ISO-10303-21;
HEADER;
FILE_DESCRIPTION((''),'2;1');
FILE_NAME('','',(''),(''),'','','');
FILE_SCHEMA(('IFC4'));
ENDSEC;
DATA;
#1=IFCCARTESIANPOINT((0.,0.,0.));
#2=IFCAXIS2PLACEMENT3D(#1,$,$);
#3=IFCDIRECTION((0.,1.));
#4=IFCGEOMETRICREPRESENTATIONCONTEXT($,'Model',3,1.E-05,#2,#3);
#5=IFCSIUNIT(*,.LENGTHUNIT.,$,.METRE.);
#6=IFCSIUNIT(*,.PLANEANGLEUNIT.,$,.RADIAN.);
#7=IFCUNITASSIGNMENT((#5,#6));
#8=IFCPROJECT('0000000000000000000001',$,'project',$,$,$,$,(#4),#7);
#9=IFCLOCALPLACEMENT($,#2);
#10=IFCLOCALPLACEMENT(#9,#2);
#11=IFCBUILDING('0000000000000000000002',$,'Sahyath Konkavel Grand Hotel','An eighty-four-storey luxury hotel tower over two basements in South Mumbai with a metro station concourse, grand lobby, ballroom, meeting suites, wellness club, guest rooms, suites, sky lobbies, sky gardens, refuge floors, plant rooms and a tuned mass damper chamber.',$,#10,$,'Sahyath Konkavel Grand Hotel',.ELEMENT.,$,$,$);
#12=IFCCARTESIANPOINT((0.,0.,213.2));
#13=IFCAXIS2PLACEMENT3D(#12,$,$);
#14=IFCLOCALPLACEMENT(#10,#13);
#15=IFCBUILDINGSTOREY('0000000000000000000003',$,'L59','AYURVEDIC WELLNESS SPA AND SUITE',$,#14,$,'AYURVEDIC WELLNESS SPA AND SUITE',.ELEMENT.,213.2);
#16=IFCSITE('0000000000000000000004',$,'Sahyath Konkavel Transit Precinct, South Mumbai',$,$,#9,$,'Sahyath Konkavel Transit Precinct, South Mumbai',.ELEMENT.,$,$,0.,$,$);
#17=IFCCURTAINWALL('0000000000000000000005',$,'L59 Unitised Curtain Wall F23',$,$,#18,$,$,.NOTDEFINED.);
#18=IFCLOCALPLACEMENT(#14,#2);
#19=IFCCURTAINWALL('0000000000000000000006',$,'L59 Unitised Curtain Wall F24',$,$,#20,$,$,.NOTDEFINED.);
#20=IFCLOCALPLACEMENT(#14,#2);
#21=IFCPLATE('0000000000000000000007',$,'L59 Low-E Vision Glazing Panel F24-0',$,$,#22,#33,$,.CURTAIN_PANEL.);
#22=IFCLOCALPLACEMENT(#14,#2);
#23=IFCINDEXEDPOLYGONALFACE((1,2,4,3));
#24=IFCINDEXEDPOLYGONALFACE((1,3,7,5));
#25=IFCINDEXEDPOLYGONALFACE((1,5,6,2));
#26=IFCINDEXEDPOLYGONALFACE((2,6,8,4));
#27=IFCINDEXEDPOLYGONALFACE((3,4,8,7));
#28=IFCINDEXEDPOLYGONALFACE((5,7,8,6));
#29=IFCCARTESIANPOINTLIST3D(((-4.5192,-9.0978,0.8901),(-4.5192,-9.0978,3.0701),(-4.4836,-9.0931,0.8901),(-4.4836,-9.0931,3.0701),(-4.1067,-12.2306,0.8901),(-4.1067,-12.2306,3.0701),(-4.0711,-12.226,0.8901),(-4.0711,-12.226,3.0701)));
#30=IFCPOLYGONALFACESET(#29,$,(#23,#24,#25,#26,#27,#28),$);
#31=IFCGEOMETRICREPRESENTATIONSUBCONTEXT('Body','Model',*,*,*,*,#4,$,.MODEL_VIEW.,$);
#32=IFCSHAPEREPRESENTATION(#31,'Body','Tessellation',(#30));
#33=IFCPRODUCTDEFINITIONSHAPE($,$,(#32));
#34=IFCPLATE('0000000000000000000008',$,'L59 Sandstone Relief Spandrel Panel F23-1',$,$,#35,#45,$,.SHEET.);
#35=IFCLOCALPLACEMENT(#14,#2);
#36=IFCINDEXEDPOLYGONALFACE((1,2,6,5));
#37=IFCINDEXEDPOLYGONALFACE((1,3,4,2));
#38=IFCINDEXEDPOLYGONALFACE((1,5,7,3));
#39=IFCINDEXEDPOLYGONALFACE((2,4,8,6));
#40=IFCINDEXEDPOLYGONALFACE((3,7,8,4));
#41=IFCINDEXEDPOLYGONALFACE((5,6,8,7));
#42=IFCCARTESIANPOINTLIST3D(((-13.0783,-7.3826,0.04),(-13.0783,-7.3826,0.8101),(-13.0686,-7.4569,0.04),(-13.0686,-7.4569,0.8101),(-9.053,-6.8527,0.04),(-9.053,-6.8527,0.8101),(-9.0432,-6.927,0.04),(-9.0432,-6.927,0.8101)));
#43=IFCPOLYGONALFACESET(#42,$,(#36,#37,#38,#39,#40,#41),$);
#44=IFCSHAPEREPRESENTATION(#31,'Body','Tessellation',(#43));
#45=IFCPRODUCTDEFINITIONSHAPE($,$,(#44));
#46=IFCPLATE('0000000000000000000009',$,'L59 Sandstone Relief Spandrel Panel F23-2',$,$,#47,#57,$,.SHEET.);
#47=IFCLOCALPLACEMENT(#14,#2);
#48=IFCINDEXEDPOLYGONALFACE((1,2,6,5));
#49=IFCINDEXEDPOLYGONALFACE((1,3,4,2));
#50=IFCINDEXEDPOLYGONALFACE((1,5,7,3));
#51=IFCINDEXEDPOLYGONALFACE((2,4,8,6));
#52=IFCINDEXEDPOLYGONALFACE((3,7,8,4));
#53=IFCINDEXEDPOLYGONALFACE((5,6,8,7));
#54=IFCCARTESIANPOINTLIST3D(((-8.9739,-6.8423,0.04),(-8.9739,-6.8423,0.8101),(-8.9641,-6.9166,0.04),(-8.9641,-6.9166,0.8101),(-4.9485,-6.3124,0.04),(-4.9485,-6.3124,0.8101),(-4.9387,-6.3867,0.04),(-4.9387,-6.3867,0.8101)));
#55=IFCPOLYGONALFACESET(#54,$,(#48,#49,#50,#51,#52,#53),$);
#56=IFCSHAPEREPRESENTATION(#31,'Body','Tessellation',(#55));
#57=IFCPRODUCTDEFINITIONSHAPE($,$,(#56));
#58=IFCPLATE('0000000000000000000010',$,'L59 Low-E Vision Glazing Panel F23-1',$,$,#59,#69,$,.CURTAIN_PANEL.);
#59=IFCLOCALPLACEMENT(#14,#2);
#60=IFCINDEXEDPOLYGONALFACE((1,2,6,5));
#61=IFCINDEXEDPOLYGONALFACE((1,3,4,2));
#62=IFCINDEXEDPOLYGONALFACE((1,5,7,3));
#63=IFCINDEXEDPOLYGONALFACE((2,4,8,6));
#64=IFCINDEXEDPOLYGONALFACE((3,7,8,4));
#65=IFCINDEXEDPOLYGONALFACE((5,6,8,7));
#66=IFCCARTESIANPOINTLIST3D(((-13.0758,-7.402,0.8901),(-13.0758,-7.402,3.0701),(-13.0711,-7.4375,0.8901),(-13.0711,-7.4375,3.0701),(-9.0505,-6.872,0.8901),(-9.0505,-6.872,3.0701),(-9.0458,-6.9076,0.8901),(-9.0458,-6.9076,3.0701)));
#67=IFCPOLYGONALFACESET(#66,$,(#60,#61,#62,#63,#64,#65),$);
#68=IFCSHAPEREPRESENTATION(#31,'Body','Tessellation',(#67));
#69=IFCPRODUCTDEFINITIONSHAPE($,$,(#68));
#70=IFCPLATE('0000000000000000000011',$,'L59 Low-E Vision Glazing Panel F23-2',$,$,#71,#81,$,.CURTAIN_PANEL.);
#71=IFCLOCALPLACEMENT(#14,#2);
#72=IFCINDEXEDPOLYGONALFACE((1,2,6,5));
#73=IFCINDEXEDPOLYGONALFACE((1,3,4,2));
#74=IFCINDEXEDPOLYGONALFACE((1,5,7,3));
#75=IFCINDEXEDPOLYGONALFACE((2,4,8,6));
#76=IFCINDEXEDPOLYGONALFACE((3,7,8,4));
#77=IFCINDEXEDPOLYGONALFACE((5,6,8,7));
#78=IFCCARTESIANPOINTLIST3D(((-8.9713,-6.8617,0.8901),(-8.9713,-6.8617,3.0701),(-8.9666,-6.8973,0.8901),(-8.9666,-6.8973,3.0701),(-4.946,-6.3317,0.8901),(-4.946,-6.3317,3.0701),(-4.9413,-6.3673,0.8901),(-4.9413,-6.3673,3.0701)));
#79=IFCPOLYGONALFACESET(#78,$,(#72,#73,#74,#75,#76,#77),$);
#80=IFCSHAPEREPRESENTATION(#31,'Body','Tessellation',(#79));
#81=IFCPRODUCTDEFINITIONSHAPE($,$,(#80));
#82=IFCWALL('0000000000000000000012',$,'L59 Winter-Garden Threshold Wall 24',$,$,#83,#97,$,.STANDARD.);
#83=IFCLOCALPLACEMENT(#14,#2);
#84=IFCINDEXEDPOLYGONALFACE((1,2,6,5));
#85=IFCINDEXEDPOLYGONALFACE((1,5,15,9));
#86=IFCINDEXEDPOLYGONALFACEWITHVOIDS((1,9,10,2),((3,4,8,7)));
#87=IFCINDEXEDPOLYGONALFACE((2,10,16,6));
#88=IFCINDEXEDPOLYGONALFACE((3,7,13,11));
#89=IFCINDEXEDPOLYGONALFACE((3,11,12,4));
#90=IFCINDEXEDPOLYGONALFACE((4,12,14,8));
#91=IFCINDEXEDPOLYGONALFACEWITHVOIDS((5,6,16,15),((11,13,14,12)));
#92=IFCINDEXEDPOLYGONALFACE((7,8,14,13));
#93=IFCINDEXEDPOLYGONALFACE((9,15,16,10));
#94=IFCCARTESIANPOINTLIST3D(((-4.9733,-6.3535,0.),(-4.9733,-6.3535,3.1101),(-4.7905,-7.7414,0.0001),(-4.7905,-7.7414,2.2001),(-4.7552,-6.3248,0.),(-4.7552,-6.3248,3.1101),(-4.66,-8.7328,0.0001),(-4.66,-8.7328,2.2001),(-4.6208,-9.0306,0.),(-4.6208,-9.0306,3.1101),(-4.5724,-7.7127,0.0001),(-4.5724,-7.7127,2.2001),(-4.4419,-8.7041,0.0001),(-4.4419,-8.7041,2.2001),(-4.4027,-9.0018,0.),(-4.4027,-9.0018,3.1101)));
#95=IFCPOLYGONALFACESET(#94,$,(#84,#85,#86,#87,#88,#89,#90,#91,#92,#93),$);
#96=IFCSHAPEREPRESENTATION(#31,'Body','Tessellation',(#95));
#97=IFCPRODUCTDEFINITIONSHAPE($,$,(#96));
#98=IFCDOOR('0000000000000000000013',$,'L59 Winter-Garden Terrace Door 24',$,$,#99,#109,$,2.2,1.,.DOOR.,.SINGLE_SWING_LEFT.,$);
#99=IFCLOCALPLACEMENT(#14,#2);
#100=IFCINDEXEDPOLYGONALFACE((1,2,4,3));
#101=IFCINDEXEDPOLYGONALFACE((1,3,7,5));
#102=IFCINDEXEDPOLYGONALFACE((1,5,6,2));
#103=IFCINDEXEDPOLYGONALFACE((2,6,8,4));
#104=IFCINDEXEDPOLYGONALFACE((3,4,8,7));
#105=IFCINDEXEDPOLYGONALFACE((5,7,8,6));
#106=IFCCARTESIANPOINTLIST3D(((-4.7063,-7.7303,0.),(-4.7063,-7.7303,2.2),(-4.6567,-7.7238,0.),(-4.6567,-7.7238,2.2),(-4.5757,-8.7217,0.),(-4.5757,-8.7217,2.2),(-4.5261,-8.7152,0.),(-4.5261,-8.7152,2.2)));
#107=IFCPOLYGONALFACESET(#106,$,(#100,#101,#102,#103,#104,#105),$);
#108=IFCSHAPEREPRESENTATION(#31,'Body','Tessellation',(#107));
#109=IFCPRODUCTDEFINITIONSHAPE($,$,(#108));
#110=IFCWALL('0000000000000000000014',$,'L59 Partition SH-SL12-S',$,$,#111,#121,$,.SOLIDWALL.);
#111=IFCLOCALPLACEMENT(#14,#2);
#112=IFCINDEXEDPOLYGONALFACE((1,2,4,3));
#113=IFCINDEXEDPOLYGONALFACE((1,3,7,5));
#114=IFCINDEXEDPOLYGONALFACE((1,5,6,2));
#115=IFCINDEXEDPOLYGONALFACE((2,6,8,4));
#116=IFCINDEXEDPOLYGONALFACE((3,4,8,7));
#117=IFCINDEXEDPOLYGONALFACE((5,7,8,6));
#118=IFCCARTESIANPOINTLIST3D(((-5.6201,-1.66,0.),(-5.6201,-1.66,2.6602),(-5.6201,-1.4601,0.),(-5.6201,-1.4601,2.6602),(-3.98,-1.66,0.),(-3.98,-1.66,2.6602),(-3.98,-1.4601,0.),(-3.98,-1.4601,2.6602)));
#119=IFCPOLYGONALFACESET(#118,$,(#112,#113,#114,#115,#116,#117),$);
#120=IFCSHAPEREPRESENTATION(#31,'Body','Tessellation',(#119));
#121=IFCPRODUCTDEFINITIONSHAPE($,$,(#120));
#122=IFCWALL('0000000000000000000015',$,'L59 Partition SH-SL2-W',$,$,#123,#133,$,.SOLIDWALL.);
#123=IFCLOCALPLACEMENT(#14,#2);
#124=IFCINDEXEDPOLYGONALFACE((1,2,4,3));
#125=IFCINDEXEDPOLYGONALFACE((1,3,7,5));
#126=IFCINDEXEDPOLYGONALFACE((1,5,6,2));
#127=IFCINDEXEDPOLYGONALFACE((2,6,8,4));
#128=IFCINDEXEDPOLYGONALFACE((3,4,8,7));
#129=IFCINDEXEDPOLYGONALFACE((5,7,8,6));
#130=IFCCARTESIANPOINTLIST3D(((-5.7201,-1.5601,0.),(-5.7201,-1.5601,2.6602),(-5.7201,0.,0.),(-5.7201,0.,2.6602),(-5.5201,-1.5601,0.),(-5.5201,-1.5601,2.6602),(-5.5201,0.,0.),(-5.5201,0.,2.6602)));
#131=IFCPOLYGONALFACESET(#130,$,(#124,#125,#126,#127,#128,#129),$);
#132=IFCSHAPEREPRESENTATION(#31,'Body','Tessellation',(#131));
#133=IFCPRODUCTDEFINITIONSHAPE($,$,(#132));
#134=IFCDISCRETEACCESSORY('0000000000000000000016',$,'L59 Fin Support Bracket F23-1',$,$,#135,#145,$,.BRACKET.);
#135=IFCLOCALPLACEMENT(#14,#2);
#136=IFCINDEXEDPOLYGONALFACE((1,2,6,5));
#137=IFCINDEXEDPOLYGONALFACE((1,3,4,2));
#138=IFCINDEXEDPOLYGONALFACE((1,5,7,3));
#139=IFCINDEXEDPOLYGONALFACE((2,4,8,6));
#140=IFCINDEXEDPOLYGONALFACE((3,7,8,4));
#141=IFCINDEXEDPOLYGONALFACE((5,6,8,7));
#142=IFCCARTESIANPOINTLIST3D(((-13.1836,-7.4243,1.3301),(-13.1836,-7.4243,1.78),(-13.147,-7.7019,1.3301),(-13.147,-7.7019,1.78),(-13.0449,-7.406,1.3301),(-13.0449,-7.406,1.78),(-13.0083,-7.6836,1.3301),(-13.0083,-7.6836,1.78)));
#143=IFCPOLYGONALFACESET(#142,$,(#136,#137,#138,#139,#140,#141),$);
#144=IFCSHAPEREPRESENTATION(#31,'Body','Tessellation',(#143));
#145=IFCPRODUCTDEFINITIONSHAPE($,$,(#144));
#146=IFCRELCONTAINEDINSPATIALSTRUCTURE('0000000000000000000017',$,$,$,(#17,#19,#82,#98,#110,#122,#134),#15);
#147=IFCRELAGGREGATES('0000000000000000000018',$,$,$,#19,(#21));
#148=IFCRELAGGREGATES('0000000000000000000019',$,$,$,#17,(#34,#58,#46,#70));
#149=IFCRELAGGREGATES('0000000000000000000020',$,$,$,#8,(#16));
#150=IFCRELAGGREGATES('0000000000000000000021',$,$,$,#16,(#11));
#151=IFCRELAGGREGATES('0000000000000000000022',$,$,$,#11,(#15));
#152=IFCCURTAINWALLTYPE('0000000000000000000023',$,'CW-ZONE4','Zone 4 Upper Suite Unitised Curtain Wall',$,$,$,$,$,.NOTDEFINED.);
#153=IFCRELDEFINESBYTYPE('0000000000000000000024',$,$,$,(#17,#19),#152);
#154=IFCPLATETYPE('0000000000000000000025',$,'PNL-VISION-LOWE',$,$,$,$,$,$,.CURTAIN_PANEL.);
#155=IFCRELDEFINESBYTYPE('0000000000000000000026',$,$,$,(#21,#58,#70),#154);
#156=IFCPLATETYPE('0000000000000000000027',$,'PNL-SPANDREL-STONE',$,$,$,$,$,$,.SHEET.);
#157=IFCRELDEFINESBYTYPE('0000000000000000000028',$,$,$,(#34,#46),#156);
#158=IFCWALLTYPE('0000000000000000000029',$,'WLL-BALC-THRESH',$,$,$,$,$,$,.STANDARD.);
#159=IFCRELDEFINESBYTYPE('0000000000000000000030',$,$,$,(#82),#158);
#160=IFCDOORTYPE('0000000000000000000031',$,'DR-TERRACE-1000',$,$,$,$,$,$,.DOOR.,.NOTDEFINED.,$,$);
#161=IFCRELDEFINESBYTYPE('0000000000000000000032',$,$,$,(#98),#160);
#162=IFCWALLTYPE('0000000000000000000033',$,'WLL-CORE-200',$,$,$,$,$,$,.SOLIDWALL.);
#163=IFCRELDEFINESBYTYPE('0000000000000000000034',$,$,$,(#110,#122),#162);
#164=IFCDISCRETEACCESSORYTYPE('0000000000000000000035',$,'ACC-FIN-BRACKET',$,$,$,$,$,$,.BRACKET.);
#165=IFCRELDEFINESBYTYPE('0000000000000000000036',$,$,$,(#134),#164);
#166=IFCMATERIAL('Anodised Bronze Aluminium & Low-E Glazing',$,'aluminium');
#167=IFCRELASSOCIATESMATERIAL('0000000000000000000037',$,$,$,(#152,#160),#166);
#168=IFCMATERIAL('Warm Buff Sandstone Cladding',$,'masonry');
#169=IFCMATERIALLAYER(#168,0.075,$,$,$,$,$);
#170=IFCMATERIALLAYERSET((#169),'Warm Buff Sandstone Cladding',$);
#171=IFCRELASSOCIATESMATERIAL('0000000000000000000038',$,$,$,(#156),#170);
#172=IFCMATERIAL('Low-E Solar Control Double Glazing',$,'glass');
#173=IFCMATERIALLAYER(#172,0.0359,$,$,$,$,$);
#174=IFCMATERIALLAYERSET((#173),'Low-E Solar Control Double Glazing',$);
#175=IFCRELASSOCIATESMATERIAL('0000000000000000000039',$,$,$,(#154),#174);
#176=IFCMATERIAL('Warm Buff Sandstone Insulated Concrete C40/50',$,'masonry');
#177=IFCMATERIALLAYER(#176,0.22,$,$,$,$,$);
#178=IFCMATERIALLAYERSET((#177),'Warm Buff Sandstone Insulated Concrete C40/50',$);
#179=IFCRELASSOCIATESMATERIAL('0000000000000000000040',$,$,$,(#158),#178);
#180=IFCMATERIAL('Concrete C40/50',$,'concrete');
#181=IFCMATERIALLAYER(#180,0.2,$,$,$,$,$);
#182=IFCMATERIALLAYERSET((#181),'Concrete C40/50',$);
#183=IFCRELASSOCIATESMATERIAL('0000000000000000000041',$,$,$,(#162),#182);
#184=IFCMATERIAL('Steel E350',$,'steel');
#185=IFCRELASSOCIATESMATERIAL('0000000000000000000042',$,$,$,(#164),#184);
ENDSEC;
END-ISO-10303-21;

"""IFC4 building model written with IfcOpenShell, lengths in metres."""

from ifc_helpers import new_model, si_unit, direction, frame, frame_2d, origin, origin_2d, place, context, subcontext, project, spatial, rectangle, extrude, source, transform, mapped, material, layer, layer_set, type_object, element, fill, aggregate, save


model = new_model("IFC4")

# Units and contexts
model_context = context("Model", 3, precision=1e-05, world=origin(), true_north=direction((0.0, 1.0)))
body_context = subcontext(model_context, "Body", "Model", "MODEL_VIEW")
ifc_project = project(units=[si_unit("LENGTHUNIT", "METRE"), si_unit("PLANEANGLEUNIT", "RADIAN")], contexts=[model_context])

# Site, building, storey
site_placement = place(None, origin())
site = spatial("IfcSite", under=ifc_project, at=site_placement, Name="Sahyath Konkavel Transit Precinct, South Mumbai", LongName="Sahyath Konkavel Transit Precinct, South Mumbai", CompositionType="ELEMENT", RefElevation=0.0)
building_placement = place(site_placement, origin())
building = spatial("IfcBuilding", under=site, at=building_placement, Name="Sahyath Konkavel Grand Hotel", Description="An eighty-four-storey luxury hotel tower over two basements in South Mumbai with a metro station concourse, grand lobby, ballroom, meeting suites, wellness club, guest rooms, suites, sky lobbies, sky gardens, refuge floors, plant rooms and a tuned mass damper chamber.", LongName="Sahyath Konkavel Grand Hotel", CompositionType="ELEMENT")
storey_placement = place(building_placement, frame((0.0, 0.0, 213.2)))
storey = spatial("IfcBuildingStorey", under=building, at=storey_placement, Name="L59", Description="AYURVEDIC WELLNESS SPA AND SUITE", LongName="AYURVEDIC WELLNESS SPA AND SUITE", CompositionType="ELEMENT", Elevation=213.2)

# Shared definitions
ifc_material_1 = material(Name="Concrete C40/50", Category="concrete")

# Shared definitions
ifc_material_2 = material(Name="Steel E350", Category="steel")

# Curtain walls
ifc_material_3 = material(Name="Anodised Bronze Aluminium & Low-E Glazing", Category="aluminium")
curtain_wall_type = type_object("IfcCurtainWallType", Name="CW-ZONE4", Description="Zone 4 Upper Suite Unitised Curtain Wall", PredefinedType="NOTDEFINED", material=ifc_material_3)
curtain_wall_1_placement = place(storey_placement, origin())
curtain_wall_1 = element("IfcCurtainWall", 1, at=curtain_wall_1_placement, inside=storey, type_object=curtain_wall_type, Name="L59 Unitised Curtain Wall F23", PredefinedType="NOTDEFINED")
curtain_wall_2_placement = place(storey_placement, origin())
curtain_wall_2 = element("IfcCurtainWall", 2, at=curtain_wall_2_placement, inside=storey, type_object=curtain_wall_type, Name="L59 Unitised Curtain Wall F24", PredefinedType="NOTDEFINED")

# Plates
ifc_material_4 = material(Name="Warm Buff Sandstone Cladding", Category="masonry")
ifc_layer_1 = layer(ifc_material_4, 0.075)
ifc_layer_set_1 = layer_set([ifc_layer_1], Name="Warm Buff Sandstone Cladding")
plate_type_1 = type_object("IfcPlateType", Name="PNL-SPANDREL-STONE", PredefinedType="SHEET", material=ifc_layer_set_1)
ifc_material_5 = material(Name="Low-E Solar Control Double Glazing", Category="glass")
ifc_layer_2 = layer(ifc_material_5, 0.0359)
ifc_layer_set_2 = layer_set([ifc_layer_2], Name="Low-E Solar Control Double Glazing")
plate_type_2 = type_object("IfcPlateType", Name="PNL-VISION-LOWE", PredefinedType="CURTAIN_PANEL", material=ifc_layer_set_2)
shared_shape_1 = source(origin(), body_context, "Body", "SweptSolid", [
    extrude(rectangle(XDim=3.1599, YDim=0.0359, at=origin_2d()), origin(), (0.0, 0.0, 1.0), 2.1799),
])
plate_1_placement = place(storey_placement, frame((-4.2952, -10.6619, 0.8901), z_axis=(0.0, 0.0, 1.0), x_axis=(0.130526, -0.991445, 0.0)))
plate_1 = element("IfcPlate", 3, at=plate_1_placement, type_object=plate_type_2, Name="L59 Low-E Vision Glazing Panel F24-0", PredefinedType="CURTAIN_PANEL", context=body_context, shape_type="MappedRepresentation", body=[
    mapped(shared_shape_1, transform((0.0, 0.0, 0.0), scale=1.0)),
])
aggregate(curtain_wall_2, [plate_1])
shared_shape_2 = source(origin(), body_context, "Body", "SweptSolid", [
    extrude(rectangle(XDim=4.0601, YDim=0.075, at=origin_2d()), origin(), (0.0, 0.0, 1.0), 0.77),
])
plate_2_placement = place(storey_placement, frame((-11.0608, -7.1548, 0.04), z_axis=(0.0, 0.0, 1.0), x_axis=(0.991445, 0.130526, 0.0)))
plate_2 = element("IfcPlate", 4, at=plate_2_placement, type_object=plate_type_1, Name="L59 Sandstone Relief Spandrel Panel F23-1", PredefinedType="SHEET", context=body_context, shape_type="MappedRepresentation", body=[
    mapped(shared_shape_2, transform((0.0, 0.0, 0.0), scale=1.0)),
])
plate_3_placement = place(storey_placement, frame((-6.9563, -6.6145, 0.04), z_axis=(0.0, 0.0, 1.0), x_axis=(0.991445, 0.130526, 0.0)))
plate_3 = element("IfcPlate", 5, at=plate_3_placement, type_object=plate_type_1, Name="L59 Sandstone Relief Spandrel Panel F23-2", PredefinedType="SHEET", context=body_context, shape_type="MappedRepresentation", body=[
    mapped(shared_shape_2, transform((0.0, 0.0, 0.0), scale=1.0)),
])
shared_shape_3 = source(origin(), body_context, "Body", "SweptSolid", [
    extrude(rectangle(XDim=4.0601, YDim=0.0359, at=origin_2d()), origin(), (0.0, 0.0, 1.0), 2.1799),
])
plate_4_placement = place(storey_placement, frame((-11.0608, -7.1548, 0.8901), z_axis=(0.0, 0.0, 1.0), x_axis=(0.991445, 0.130526, 0.0)))
plate_4 = element("IfcPlate", 6, at=plate_4_placement, type_object=plate_type_2, Name="L59 Low-E Vision Glazing Panel F23-1", PredefinedType="CURTAIN_PANEL", context=body_context, shape_type="MappedRepresentation", body=[
    mapped(shared_shape_3, transform((0.0, 0.0, 0.0), scale=1.0)),
])
plate_5_placement = place(storey_placement, frame((-6.9563, -6.6145, 0.8901), z_axis=(0.0, 0.0, 1.0), x_axis=(0.991445, 0.130526, 0.0)))
plate_5 = element("IfcPlate", 7, at=plate_5_placement, type_object=plate_type_2, Name="L59 Low-E Vision Glazing Panel F23-2", PredefinedType="CURTAIN_PANEL", context=body_context, shape_type="MappedRepresentation", body=[
    mapped(shared_shape_3, transform((0.0, 0.0, 0.0), scale=1.0)),
])
aggregate(curtain_wall_1, [plate_2, plate_4, plate_3, plate_5])

# Wall, opening, door
ifc_material_6 = material(Name="Warm Buff Sandstone Insulated Concrete C40/50", Category="masonry")
ifc_layer_3 = layer(ifc_material_6, 0.22)
ifc_layer_set_3 = layer_set([ifc_layer_3], Name="Warm Buff Sandstone Insulated Concrete C40/50")
wall_type_1 = type_object("IfcWallType", Name="WLL-BALC-THRESH", PredefinedType="STANDARD", material=ifc_layer_set_3)
wall_1_placement = place(storey_placement, frame((-4.8643, -6.3391, 0.0), z_axis=(0.0, 0.0, 1.0), x_axis=(0.130564, -0.99144, 0.0)))
wall_1 = element("IfcWall", 8, at=wall_1_placement, inside=storey, type_object=wall_type_1, Name="L59 Winter-Garden Threshold Wall 24", PredefinedType="STANDARD", context=body_context, shape_type="SweptSolid", body=[
    extrude(rectangle(XDim=2.7002, YDim=0.22, at=frame_2d((1.3501, 0.0))), origin(), (0.0, 0.0, 1.0), 3.1101),
])
opening_placement = place(wall_1_placement, frame((1.3999, 0.0, 0.0)))
opening = element("IfcOpeningElement", 9, at=opening_placement, cuts=wall_1, PredefinedType="OPENING", context=body_context, shape_type="SweptSolid", body=[
    extrude(rectangle(XDim=1.0, YDim=2.2, at=frame_2d((0.5, 1.1001))), frame((0.0, 0.1201, 0.0), z_axis=(0.0, -1.0, 0.0), x_axis=(1.0, 0.0, 0.0)), (0.0, 0.0, 1.0), 0.24),
])
door_type = type_object("IfcDoorType", Name="DR-TERRACE-1000", OperationType="NOTDEFINED", PredefinedType="DOOR", material=ifc_material_3)
shared_shape_4 = source(origin(), body_context, "Body", "SweptSolid", [
    extrude(rectangle(XDim=1.0, YDim=0.05, at=origin_2d()), origin(), (0.0, 0.0, 1.0), 2.2),
])
door_placement = place(opening_placement, frame((0.5, 0.0, 0.0)))
door = element("IfcDoor", 10, at=door_placement, inside=storey, type_object=door_type, Name="L59 Winter-Garden Terrace Door 24", OperationType="SINGLE_SWING_LEFT", OverallHeight=2.2, OverallWidth=1.0, PredefinedType="DOOR", context=body_context, shape_type="MappedRepresentation", body=[
    mapped(shared_shape_4, transform((0.0, 0.0, 0.0), scale=1.0)),
])
fill(opening, door)

# Walls
ifc_layer_4 = layer(ifc_material_1, 0.2)
ifc_layer_set_4 = layer_set([ifc_layer_4], Name="Concrete C40/50")
wall_type_2 = type_object("IfcWallType", Name="WLL-CORE-200", PredefinedType="SOLIDWALL", material=ifc_layer_set_4)
wall_2_placement = place(storey_placement, frame((-5.6201, -1.5601, 0.0), z_axis=(0.0, 0.0, 1.0), x_axis=(1.0, 0.0, 0.0)))
element("IfcWall", 11, at=wall_2_placement, inside=storey, type_object=wall_type_2, Name="L59 Partition SH-SL12-S", PredefinedType="SOLIDWALL", context=body_context, shape_type="SweptSolid", body=[
    extrude(rectangle(XDim=1.6401, YDim=0.2, at=frame_2d((0.8201, 0.0))), origin(), (0.0, 0.0, 1.0), 2.6602),
])
wall_3_placement = place(storey_placement, frame((-5.6201, -1.5601, 0.0), z_axis=(0.0, 0.0, 1.0), x_axis=(0.0, 1.0, 0.0)))
element("IfcWall", 12, at=wall_3_placement, inside=storey, type_object=wall_type_2, Name="L59 Partition SH-SL2-W", PredefinedType="SOLIDWALL", context=body_context, shape_type="SweptSolid", body=[
    extrude(rectangle(XDim=1.5601, YDim=0.2, at=frame_2d((0.78, 0.0))), origin(), (0.0, 0.0, 1.0), 2.6602),
])

# Discrete accessory
discrete_accessory_type = type_object("IfcDiscreteAccessoryType", Name="ACC-FIN-BRACKET", PredefinedType="BRACKET", material=ifc_material_2)
shared_shape_5 = source(origin(), body_context, "Body", "SweptSolid", [
    extrude(rectangle(XDim=0.28, YDim=0.1399, at=origin_2d()), origin(), (0.0, 0.0, 1.0), 0.45),
])
discrete_accessory_placement = place(storey_placement, frame((-13.0959, -7.554, 1.3301), z_axis=(0.0, 0.0, 1.0), x_axis=(0.130526, -0.991445, 0.0)))
element("IfcDiscreteAccessory", 13, at=discrete_accessory_placement, inside=storey, type_object=discrete_accessory_type, Name="L59 Fin Support Bracket F23-1", PredefinedType="BRACKET", context=body_context, shape_type="MappedRepresentation", body=[
    mapped(shared_shape_5, transform((0.0, 0.0, 0.0), scale=1.0)),
])

save(model, "model.ifc")
